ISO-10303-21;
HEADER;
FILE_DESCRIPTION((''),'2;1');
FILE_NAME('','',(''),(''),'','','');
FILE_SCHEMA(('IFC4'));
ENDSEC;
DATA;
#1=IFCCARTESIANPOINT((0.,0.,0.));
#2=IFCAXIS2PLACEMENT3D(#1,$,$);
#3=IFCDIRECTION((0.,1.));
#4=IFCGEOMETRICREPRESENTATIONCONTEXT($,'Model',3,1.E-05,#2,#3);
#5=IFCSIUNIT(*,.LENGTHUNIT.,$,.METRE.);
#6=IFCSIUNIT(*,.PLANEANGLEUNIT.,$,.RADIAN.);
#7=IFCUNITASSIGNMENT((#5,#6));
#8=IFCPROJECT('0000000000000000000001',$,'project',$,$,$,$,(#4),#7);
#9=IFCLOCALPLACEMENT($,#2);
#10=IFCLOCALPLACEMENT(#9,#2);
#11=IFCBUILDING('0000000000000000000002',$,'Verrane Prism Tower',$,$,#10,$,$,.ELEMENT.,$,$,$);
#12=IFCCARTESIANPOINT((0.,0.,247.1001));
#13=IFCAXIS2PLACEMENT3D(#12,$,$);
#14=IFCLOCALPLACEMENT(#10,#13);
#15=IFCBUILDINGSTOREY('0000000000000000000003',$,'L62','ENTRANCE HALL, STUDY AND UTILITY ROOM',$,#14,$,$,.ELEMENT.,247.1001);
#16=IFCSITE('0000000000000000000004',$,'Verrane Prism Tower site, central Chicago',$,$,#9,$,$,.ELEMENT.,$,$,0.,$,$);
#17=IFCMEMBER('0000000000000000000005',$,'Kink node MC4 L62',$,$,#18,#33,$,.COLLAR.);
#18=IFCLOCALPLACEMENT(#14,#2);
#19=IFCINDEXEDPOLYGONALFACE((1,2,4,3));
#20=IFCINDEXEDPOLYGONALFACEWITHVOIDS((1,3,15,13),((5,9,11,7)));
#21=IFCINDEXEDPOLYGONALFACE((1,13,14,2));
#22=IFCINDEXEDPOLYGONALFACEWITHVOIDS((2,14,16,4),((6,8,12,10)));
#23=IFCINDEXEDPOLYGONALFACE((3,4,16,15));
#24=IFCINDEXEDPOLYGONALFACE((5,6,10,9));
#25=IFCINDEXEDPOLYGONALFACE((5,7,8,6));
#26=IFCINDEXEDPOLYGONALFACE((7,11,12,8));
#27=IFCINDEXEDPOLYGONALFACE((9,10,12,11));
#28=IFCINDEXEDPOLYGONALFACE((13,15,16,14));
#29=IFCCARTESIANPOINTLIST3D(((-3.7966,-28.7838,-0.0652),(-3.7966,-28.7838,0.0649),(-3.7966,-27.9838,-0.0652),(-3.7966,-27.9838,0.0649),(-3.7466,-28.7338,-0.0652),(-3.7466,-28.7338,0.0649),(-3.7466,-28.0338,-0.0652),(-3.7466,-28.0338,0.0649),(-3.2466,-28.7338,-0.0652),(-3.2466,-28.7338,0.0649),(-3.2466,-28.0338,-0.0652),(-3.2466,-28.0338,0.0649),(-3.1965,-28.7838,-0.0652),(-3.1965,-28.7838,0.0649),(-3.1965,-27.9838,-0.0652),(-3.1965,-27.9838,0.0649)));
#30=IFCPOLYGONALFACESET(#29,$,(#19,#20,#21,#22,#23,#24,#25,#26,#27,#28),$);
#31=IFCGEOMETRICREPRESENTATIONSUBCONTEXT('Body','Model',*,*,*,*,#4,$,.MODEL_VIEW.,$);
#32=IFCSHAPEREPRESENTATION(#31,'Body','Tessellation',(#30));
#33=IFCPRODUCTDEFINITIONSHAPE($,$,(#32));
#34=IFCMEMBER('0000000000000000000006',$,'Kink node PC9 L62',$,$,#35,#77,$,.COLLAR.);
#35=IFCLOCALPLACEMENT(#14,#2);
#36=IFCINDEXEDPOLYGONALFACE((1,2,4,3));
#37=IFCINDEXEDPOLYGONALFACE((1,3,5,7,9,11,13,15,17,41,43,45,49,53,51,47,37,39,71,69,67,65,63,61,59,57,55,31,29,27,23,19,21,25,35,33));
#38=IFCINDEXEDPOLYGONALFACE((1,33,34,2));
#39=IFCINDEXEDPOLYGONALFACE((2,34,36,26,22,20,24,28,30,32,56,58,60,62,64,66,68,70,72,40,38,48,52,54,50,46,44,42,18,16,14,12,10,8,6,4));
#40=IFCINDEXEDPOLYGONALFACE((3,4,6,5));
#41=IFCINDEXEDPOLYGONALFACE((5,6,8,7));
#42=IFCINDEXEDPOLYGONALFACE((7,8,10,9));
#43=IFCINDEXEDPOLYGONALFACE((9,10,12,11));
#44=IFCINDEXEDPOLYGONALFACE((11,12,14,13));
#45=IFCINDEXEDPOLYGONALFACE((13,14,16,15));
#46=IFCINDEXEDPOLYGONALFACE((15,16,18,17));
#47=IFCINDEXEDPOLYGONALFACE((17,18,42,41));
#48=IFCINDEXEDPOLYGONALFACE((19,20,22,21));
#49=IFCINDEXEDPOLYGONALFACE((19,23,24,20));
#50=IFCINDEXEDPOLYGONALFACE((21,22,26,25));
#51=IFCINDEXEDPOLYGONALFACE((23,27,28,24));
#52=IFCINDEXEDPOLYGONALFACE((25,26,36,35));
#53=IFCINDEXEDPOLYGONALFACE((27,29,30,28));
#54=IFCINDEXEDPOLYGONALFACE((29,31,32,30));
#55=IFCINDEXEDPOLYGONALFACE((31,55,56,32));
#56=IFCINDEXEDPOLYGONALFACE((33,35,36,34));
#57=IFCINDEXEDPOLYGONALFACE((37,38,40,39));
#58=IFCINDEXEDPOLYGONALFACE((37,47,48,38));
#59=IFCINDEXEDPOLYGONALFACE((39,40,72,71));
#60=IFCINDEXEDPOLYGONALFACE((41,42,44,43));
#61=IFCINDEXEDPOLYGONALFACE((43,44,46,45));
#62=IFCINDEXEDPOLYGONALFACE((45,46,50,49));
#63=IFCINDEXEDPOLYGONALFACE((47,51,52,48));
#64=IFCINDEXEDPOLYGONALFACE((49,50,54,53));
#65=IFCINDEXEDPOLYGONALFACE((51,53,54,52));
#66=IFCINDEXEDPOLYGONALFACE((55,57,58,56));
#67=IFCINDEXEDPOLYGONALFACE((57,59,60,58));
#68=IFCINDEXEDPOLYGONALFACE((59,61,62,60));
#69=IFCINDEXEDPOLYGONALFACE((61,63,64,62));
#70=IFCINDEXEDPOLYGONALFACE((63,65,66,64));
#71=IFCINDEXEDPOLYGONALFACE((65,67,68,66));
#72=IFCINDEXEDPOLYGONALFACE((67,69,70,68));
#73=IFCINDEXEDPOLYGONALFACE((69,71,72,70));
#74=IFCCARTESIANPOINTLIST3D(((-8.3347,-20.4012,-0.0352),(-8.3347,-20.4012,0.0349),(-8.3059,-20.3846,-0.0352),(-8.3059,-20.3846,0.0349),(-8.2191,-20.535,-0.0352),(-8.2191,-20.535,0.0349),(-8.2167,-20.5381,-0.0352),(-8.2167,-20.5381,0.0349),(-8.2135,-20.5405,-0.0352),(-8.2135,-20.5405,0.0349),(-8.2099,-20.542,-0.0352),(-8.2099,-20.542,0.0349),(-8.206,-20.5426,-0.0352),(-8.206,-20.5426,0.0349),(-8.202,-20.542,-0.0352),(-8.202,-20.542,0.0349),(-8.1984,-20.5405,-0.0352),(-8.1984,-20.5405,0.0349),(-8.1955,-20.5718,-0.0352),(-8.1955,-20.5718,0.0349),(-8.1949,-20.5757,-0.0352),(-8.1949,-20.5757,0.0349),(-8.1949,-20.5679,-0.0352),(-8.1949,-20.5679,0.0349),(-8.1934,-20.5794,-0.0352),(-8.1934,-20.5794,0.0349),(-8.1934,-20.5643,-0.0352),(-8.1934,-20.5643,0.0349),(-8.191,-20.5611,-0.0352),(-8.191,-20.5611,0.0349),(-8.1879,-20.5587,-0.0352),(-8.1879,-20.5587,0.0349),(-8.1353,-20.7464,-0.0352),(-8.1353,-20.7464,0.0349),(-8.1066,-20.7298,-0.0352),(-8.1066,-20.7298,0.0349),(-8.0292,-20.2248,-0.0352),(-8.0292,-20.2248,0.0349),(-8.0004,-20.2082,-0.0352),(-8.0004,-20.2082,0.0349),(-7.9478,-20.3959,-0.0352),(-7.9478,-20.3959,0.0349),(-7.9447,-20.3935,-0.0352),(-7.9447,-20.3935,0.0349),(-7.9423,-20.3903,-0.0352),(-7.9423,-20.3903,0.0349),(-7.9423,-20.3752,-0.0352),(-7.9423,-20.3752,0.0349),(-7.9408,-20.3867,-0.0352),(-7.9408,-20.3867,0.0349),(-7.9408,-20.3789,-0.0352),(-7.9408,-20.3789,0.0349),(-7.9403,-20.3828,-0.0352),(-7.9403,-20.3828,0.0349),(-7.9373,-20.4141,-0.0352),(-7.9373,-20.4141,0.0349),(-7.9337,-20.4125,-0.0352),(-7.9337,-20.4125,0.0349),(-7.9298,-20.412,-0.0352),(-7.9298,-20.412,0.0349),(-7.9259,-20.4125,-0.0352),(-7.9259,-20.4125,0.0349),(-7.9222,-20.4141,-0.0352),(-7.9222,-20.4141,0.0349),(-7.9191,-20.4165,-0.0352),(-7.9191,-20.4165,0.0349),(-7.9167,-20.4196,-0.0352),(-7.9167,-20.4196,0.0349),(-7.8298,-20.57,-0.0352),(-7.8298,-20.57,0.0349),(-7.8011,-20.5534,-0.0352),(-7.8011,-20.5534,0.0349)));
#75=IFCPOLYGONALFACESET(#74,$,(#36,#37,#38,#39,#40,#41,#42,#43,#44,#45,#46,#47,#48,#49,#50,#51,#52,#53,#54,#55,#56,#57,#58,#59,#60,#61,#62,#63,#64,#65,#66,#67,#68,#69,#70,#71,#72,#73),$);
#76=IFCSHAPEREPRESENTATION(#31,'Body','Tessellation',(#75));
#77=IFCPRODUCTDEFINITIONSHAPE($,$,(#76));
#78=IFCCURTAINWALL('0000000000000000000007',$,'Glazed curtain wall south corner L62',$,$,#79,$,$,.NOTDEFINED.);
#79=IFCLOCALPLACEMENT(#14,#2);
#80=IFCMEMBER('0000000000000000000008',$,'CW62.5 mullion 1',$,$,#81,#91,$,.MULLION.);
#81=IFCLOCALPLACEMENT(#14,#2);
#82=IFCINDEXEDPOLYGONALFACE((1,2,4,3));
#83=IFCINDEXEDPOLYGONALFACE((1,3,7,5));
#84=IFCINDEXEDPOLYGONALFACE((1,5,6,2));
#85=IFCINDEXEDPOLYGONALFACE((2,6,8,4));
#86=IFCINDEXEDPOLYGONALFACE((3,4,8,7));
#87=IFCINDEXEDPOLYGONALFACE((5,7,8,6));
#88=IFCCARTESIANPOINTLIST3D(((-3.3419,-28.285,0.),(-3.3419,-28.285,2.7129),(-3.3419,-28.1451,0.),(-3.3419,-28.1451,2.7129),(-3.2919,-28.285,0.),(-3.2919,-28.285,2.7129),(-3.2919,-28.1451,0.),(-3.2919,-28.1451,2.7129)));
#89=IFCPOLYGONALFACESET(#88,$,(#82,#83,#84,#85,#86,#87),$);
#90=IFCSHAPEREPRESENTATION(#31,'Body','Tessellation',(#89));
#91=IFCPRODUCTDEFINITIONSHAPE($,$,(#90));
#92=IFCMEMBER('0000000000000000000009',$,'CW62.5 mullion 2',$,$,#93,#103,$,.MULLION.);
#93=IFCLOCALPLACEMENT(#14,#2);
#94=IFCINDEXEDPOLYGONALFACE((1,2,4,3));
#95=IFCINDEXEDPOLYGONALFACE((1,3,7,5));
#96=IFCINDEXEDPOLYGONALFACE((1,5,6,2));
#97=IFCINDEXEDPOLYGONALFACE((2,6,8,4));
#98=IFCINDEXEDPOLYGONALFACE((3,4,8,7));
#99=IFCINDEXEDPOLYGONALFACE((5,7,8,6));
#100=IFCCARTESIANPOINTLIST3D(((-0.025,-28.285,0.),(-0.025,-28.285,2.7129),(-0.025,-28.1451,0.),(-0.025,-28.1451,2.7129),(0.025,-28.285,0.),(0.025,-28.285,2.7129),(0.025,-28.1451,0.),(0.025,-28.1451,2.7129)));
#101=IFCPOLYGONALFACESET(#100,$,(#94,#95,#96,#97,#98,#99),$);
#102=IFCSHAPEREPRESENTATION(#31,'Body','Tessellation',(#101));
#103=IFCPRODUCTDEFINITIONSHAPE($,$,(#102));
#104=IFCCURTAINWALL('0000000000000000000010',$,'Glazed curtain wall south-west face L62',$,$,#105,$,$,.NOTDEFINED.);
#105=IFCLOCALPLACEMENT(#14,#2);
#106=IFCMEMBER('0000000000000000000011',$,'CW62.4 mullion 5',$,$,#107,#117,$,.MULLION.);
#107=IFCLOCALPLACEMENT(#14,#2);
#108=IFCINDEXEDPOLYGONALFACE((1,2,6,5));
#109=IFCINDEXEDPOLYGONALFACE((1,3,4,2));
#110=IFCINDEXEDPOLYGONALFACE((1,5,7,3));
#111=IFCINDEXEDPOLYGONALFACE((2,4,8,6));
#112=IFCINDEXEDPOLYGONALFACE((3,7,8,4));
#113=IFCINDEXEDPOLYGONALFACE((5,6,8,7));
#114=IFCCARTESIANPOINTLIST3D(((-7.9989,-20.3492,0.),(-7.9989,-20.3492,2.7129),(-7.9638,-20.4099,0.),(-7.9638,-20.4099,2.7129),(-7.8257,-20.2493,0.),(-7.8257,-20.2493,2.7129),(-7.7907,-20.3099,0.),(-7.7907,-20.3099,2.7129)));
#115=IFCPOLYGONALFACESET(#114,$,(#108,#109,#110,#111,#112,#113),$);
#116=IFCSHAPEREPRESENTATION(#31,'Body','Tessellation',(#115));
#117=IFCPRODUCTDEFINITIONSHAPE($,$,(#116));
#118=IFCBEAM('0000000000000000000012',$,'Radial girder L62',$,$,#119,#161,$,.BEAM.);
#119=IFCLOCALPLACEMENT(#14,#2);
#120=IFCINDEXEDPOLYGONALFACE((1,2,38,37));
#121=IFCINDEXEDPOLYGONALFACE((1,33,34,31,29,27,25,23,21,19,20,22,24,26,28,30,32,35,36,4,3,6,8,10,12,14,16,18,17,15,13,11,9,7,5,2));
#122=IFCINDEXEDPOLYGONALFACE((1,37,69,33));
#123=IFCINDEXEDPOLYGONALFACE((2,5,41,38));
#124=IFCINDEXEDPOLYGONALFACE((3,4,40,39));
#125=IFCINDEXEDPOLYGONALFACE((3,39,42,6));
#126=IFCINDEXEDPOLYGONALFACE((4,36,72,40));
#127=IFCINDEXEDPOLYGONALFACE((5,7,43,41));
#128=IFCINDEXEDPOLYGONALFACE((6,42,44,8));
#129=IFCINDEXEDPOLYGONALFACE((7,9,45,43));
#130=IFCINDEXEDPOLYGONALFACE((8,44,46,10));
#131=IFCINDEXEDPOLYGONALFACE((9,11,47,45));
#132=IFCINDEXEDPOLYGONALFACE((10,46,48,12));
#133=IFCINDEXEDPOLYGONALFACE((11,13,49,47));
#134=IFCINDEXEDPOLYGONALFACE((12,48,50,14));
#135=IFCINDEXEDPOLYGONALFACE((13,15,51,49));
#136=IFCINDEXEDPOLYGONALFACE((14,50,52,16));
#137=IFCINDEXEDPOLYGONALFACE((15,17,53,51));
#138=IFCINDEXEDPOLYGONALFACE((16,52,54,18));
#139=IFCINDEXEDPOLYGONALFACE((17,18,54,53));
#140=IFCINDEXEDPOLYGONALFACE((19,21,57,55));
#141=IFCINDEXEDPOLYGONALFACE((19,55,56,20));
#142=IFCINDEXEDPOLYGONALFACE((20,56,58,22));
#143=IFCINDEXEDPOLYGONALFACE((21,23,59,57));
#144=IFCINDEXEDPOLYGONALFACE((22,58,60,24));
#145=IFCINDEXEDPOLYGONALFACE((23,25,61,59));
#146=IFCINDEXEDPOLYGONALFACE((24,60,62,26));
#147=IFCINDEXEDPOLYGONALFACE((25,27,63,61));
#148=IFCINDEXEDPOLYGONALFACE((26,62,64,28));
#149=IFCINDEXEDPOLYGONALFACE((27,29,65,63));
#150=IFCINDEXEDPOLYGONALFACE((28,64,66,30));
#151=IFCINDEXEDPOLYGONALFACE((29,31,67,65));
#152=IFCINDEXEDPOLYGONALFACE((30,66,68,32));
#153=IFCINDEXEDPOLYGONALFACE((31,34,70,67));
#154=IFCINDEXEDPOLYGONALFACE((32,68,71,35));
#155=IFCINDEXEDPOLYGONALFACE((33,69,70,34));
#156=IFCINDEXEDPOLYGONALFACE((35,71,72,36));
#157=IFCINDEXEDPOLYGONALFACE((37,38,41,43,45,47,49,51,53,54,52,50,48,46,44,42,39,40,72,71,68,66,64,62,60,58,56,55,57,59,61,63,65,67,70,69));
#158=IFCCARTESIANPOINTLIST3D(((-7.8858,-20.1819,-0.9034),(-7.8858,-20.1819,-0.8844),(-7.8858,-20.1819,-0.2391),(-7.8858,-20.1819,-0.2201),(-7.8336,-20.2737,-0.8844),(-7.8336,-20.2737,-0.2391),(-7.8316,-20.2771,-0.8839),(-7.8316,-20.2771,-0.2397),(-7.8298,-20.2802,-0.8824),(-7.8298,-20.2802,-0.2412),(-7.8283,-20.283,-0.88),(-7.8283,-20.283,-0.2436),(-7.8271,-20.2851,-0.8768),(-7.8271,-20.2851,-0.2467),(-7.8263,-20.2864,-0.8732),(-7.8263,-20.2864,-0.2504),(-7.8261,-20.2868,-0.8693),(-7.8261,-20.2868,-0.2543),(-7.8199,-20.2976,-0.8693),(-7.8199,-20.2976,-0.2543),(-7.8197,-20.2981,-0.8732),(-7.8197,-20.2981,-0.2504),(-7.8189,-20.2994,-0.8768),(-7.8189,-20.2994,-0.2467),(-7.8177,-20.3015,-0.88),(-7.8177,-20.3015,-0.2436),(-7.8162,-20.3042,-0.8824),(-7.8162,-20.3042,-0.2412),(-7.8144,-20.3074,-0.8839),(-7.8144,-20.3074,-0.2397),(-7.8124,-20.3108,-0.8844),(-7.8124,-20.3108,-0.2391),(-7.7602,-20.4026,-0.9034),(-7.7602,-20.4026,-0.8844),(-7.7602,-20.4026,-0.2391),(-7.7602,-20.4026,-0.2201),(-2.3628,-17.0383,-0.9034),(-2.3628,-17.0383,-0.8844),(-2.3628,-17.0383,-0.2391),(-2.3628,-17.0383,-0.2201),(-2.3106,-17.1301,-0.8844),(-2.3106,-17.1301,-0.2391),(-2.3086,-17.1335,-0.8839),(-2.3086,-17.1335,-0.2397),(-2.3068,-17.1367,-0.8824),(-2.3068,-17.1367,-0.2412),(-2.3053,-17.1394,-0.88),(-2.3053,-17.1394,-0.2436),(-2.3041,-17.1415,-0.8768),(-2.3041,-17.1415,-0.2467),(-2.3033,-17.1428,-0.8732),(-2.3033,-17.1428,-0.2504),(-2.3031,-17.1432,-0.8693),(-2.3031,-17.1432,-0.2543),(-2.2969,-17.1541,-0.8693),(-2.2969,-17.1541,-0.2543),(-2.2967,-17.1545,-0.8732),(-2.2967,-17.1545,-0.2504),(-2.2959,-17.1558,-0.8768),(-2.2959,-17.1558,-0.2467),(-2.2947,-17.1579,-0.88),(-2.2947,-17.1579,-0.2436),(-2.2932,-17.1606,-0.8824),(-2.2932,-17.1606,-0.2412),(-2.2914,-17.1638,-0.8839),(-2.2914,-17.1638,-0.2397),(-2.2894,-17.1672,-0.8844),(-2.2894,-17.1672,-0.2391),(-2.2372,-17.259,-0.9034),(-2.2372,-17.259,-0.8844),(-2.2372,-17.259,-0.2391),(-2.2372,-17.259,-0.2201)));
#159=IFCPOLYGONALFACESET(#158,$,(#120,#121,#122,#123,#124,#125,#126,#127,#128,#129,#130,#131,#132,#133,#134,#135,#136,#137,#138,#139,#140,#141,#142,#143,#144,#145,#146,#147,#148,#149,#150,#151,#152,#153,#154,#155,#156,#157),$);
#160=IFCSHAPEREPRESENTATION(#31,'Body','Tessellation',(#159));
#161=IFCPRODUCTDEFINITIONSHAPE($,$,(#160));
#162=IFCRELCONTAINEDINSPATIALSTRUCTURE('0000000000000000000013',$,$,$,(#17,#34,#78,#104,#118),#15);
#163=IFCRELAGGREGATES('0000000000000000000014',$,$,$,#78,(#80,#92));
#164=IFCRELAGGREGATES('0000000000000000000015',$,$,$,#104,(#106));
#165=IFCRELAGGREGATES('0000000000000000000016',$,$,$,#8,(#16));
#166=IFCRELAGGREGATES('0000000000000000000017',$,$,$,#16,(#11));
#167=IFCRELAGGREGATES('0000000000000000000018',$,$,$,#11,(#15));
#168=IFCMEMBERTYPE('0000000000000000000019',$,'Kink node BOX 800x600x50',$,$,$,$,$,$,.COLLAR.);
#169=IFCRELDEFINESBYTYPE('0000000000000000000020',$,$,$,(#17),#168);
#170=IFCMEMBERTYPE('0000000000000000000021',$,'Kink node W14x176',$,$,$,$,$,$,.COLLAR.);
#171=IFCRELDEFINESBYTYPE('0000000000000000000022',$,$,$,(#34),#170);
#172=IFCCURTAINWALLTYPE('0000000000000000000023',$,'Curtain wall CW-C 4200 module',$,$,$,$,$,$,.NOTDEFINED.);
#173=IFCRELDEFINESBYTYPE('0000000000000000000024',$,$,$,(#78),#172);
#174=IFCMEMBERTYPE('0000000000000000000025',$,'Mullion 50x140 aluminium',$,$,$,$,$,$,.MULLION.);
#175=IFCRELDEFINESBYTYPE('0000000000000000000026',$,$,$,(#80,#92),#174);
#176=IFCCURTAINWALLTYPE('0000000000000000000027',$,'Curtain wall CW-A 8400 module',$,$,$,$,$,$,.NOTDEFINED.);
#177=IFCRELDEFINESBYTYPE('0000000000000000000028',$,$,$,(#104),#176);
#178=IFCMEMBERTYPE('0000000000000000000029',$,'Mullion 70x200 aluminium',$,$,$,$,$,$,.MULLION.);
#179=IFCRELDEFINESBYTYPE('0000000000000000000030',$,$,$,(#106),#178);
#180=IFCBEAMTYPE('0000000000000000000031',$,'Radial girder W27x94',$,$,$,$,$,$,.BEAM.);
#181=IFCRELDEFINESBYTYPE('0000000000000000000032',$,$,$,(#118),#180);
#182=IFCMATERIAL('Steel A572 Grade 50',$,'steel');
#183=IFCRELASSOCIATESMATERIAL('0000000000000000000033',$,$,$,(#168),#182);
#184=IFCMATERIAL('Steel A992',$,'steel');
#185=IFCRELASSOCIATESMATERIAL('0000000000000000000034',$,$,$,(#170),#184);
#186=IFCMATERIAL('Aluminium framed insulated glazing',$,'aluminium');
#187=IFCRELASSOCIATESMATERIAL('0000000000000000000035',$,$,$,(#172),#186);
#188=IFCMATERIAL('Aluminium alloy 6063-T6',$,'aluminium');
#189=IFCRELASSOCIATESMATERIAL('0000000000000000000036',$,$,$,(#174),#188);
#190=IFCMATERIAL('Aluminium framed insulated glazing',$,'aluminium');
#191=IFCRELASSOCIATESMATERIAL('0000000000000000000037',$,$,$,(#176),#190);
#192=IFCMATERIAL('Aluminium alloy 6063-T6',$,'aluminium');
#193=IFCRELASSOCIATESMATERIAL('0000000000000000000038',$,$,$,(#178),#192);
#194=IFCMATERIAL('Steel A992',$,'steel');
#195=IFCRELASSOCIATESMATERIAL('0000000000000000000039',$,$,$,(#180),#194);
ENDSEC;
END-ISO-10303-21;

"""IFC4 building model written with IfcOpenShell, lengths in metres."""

from ifc_helpers import new_model, si_unit, direction, frame, origin, origin_2d, place, context, subcontext, project, spatial, rectangle, hollow_rectangle, i_section, extrude, material, material_profile, profile_set, type_object, element, aggregate, save


model = new_model("IFC4")

# Units and contexts
model_context = context("Model", 3, precision=1e-05, world=origin(), true_north=direction((0.0, 1.0)))
body_context = subcontext(model_context, "Body", "Model", "MODEL_VIEW")
ifc_project = project(units=[si_unit("LENGTHUNIT", "METRE"), si_unit("PLANEANGLEUNIT", "RADIAN")], contexts=[model_context])

# Site, building, storey
site_placement = place(None, origin())
site = spatial("IfcSite", under=ifc_project, at=site_placement, Name="Verrane Prism Tower site, central Chicago", CompositionType="ELEMENT", RefElevation=0.0)
building_placement = place(site_placement, origin())
building = spatial("IfcBuilding", under=site, at=building_placement, Name="Verrane Prism Tower", CompositionType="ELEMENT")
storey_placement = place(building_placement, frame((0.0, 0.0, 247.1001)))
storey = spatial("IfcBuildingStorey", under=building, at=storey_placement, Name="L62", Description="ENTRANCE HALL, STUDY AND UTILITY ROOM", CompositionType="ELEMENT", Elevation=247.1001)

# Members
ifc_material_1 = material(Name="Steel A572 Grade 50", Category="steel")
ifc_material_profile_1 = material_profile(ifc_material_1, hollow_rectangle(XDim=0.6001, YDim=0.8, WallThickness=0.05, at=origin_2d()), Name="BOX 800x600x50")
ifc_profile_set_1 = profile_set([ifc_material_profile_1], Name="Steel A572 Grade 50")
member_type_1 = type_object("IfcMemberType", Name="Kink node BOX 800x600x50", PredefinedType="COLLAR", material=ifc_profile_set_1)
member_1_placement = place(storey_placement, frame((-3.4966, -28.3838, -0.0652), z_axis=(0.0, 0.0, 1.0), x_axis=(-1.0, 0.0, 0.0)))
element("IfcMember", 1, at=member_1_placement, inside=storey, type_object=member_type_1, Name="Kink node MC4 L62", PredefinedType="COLLAR", context=body_context, shape_type="SweptSolid", body=[
    extrude(hollow_rectangle(XDim=0.6001, YDim=0.8, WallThickness=0.05, at=origin_2d()), origin(), (0.0, 0.0, 1.0), 0.1301),
])
ifc_material_2 = material(Name="Steel A992", Category="steel")
ifc_material_profile_2 = material_profile(ifc_material_2, i_section(OverallWidth=0.3987, OverallDepth=0.386, WebThickness=0.021, FlangeThickness=0.0332, FilletRadius=0.0151, at=origin_2d()), Name="W14x176")
ifc_profile_set_2 = profile_set([ifc_material_profile_2], Name="Steel A992")
member_type_2 = type_object("IfcMemberType", Name="Kink node W14x176", PredefinedType="COLLAR", material=ifc_profile_set_2)
member_2_placement = place(storey_placement, frame((-8.0679, -20.4773, -0.0352), z_axis=(0.0, 0.0, 1.0), x_axis=(-0.5, 0.866025, 0.0)))
element("IfcMember", 2, at=member_2_placement, inside=storey, type_object=member_type_2, Name="Kink node PC9 L62", PredefinedType="COLLAR", context=body_context, shape_type="SweptSolid", body=[
    extrude(i_section(OverallWidth=0.3987, OverallDepth=0.386, WebThickness=0.021, FlangeThickness=0.0332, FilletRadius=0.0151, at=origin_2d()), origin(), (0.0, 0.0, 1.0), 0.0701),
])

# Curtain wall, members
ifc_material_3 = material(Name="Aluminium framed insulated glazing", Category="aluminium")
curtain_wall_type_1 = type_object("IfcCurtainWallType", Name="Curtain wall CW-C 4200 module", PredefinedType="NOTDEFINED", material=ifc_material_3)
curtain_wall_1_placement = place(storey_placement, origin())
curtain_wall_1 = element("IfcCurtainWall", 3, at=curtain_wall_1_placement, inside=storey, type_object=curtain_wall_type_1, Name="Glazed curtain wall south corner L62", PredefinedType="NOTDEFINED")
ifc_material_4 = material(Name="Aluminium alloy 6063-T6", Category="aluminium")
ifc_material_profile_3 = material_profile(ifc_material_4, rectangle(XDim=0.1399, YDim=0.05, at=origin_2d()), Name="Mullion 50x140 aluminium")
ifc_profile_set_3 = profile_set([ifc_material_profile_3], Name="Aluminium alloy 6063-T6")
member_type_3 = type_object("IfcMemberType", Name="Mullion 50x140 aluminium", PredefinedType="MULLION", material=ifc_profile_set_3)
member_3_placement = place(storey_placement, frame((-3.3169, -28.2151, 0.0), z_axis=(0.0, 0.0, 1.0), x_axis=(0.0, 1.0, 0.0)))
member_3 = element("IfcMember", 4, at=member_3_placement, type_object=member_type_3, Name="CW62.5 mullion 1", PredefinedType="MULLION", context=body_context, shape_type="SweptSolid", body=[
    extrude(rectangle(XDim=0.1399, YDim=0.05, at=origin_2d()), origin(), (0.0, 0.0, 1.0), 2.7129),
])
member_4_placement = place(storey_placement, frame((0.0, -28.2151, 0.0), z_axis=(0.0, 0.0, 1.0), x_axis=(0.0, 1.0, 0.0)))
member_4 = element("IfcMember", 5, at=member_4_placement, type_object=member_type_3, Name="CW62.5 mullion 2", PredefinedType="MULLION", context=body_context, shape_type="SweptSolid", body=[
    extrude(rectangle(XDim=0.1399, YDim=0.05, at=origin_2d()), origin(), (0.0, 0.0, 1.0), 2.7129),
])

# Curtain wall, member
ifc_material_5 = material(Name="Aluminium framed insulated glazing", Category="aluminium")
curtain_wall_type_2 = type_object("IfcCurtainWallType", Name="Curtain wall CW-A 8400 module", PredefinedType="NOTDEFINED", material=ifc_material_5)
curtain_wall_2_placement = place(storey_placement, origin())
curtain_wall_2 = element("IfcCurtainWall", 6, at=curtain_wall_2_placement, inside=storey, type_object=curtain_wall_type_2, Name="Glazed curtain wall south-west face L62", PredefinedType="NOTDEFINED")
ifc_material_6 = material(Name="Aluminium alloy 6063-T6", Category="aluminium")
ifc_material_profile_4 = material_profile(ifc_material_6, rectangle(XDim=0.2, YDim=0.0701, at=origin_2d()), Name="Mullion 70x200 aluminium")
ifc_profile_set_4 = profile_set([ifc_material_profile_4], Name="Aluminium alloy 6063-T6")
member_type_4 = type_object("IfcMemberType", Name="Mullion 70x200 aluminium", PredefinedType="MULLION", material=ifc_profile_set_4)
member_5_placement = place(storey_placement, frame((-7.8948, -20.3296, 0.0), z_axis=(0.0, 0.0, 1.0), x_axis=(0.866026, 0.5, 0.0)))
member_5 = element("IfcMember", 7, at=member_5_placement, type_object=member_type_4, Name="CW62.4 mullion 5", PredefinedType="MULLION", context=body_context, shape_type="SweptSolid", body=[
    extrude(rectangle(XDim=0.2, YDim=0.0701, at=origin_2d()), origin(), (0.0, 0.0, 1.0), 2.7129),
])

# Beam
ifc_material_7 = material(Name="Steel A992", Category="steel")
ifc_material_profile_5 = material_profile(ifc_material_7, i_section(OverallWidth=0.2539, OverallDepth=0.6833, WebThickness=0.0125, FlangeThickness=0.019, FilletRadius=0.0151, at=origin_2d()), Name="W27x94")
ifc_profile_set_5 = profile_set([ifc_material_profile_5], Name="Steel A992")
beam_type_1 = type_object("IfcBeamType", Name="Radial girder W27x94", PredefinedType="BEAM", material=ifc_profile_set_5)
beam_1_placement = place(storey_placement, frame((-7.823, -20.2922, -0.5618), z_axis=(0.869084, 0.494665, 0.0), x_axis=(-0.494665, 0.869084, 0.0)))
element("IfcBeam", 8, at=beam_1_placement, inside=storey, type_object=beam_type_1, Name="Radial girder L62", PredefinedType="BEAM", context=body_context, shape_type="SweptSolid", body=[
    extrude(i_section(OverallWidth=0.2539, OverallDepth=0.6833, WebThickness=0.0125, FlangeThickness=0.019, FilletRadius=0.0151, at=origin_2d()), origin(), (0.0, 0.0, 1.0), 6.355),
])

aggregate(curtain_wall_1, [member_3, member_4])
aggregate(curtain_wall_2, [member_5])

save(model, "model.ifc")
